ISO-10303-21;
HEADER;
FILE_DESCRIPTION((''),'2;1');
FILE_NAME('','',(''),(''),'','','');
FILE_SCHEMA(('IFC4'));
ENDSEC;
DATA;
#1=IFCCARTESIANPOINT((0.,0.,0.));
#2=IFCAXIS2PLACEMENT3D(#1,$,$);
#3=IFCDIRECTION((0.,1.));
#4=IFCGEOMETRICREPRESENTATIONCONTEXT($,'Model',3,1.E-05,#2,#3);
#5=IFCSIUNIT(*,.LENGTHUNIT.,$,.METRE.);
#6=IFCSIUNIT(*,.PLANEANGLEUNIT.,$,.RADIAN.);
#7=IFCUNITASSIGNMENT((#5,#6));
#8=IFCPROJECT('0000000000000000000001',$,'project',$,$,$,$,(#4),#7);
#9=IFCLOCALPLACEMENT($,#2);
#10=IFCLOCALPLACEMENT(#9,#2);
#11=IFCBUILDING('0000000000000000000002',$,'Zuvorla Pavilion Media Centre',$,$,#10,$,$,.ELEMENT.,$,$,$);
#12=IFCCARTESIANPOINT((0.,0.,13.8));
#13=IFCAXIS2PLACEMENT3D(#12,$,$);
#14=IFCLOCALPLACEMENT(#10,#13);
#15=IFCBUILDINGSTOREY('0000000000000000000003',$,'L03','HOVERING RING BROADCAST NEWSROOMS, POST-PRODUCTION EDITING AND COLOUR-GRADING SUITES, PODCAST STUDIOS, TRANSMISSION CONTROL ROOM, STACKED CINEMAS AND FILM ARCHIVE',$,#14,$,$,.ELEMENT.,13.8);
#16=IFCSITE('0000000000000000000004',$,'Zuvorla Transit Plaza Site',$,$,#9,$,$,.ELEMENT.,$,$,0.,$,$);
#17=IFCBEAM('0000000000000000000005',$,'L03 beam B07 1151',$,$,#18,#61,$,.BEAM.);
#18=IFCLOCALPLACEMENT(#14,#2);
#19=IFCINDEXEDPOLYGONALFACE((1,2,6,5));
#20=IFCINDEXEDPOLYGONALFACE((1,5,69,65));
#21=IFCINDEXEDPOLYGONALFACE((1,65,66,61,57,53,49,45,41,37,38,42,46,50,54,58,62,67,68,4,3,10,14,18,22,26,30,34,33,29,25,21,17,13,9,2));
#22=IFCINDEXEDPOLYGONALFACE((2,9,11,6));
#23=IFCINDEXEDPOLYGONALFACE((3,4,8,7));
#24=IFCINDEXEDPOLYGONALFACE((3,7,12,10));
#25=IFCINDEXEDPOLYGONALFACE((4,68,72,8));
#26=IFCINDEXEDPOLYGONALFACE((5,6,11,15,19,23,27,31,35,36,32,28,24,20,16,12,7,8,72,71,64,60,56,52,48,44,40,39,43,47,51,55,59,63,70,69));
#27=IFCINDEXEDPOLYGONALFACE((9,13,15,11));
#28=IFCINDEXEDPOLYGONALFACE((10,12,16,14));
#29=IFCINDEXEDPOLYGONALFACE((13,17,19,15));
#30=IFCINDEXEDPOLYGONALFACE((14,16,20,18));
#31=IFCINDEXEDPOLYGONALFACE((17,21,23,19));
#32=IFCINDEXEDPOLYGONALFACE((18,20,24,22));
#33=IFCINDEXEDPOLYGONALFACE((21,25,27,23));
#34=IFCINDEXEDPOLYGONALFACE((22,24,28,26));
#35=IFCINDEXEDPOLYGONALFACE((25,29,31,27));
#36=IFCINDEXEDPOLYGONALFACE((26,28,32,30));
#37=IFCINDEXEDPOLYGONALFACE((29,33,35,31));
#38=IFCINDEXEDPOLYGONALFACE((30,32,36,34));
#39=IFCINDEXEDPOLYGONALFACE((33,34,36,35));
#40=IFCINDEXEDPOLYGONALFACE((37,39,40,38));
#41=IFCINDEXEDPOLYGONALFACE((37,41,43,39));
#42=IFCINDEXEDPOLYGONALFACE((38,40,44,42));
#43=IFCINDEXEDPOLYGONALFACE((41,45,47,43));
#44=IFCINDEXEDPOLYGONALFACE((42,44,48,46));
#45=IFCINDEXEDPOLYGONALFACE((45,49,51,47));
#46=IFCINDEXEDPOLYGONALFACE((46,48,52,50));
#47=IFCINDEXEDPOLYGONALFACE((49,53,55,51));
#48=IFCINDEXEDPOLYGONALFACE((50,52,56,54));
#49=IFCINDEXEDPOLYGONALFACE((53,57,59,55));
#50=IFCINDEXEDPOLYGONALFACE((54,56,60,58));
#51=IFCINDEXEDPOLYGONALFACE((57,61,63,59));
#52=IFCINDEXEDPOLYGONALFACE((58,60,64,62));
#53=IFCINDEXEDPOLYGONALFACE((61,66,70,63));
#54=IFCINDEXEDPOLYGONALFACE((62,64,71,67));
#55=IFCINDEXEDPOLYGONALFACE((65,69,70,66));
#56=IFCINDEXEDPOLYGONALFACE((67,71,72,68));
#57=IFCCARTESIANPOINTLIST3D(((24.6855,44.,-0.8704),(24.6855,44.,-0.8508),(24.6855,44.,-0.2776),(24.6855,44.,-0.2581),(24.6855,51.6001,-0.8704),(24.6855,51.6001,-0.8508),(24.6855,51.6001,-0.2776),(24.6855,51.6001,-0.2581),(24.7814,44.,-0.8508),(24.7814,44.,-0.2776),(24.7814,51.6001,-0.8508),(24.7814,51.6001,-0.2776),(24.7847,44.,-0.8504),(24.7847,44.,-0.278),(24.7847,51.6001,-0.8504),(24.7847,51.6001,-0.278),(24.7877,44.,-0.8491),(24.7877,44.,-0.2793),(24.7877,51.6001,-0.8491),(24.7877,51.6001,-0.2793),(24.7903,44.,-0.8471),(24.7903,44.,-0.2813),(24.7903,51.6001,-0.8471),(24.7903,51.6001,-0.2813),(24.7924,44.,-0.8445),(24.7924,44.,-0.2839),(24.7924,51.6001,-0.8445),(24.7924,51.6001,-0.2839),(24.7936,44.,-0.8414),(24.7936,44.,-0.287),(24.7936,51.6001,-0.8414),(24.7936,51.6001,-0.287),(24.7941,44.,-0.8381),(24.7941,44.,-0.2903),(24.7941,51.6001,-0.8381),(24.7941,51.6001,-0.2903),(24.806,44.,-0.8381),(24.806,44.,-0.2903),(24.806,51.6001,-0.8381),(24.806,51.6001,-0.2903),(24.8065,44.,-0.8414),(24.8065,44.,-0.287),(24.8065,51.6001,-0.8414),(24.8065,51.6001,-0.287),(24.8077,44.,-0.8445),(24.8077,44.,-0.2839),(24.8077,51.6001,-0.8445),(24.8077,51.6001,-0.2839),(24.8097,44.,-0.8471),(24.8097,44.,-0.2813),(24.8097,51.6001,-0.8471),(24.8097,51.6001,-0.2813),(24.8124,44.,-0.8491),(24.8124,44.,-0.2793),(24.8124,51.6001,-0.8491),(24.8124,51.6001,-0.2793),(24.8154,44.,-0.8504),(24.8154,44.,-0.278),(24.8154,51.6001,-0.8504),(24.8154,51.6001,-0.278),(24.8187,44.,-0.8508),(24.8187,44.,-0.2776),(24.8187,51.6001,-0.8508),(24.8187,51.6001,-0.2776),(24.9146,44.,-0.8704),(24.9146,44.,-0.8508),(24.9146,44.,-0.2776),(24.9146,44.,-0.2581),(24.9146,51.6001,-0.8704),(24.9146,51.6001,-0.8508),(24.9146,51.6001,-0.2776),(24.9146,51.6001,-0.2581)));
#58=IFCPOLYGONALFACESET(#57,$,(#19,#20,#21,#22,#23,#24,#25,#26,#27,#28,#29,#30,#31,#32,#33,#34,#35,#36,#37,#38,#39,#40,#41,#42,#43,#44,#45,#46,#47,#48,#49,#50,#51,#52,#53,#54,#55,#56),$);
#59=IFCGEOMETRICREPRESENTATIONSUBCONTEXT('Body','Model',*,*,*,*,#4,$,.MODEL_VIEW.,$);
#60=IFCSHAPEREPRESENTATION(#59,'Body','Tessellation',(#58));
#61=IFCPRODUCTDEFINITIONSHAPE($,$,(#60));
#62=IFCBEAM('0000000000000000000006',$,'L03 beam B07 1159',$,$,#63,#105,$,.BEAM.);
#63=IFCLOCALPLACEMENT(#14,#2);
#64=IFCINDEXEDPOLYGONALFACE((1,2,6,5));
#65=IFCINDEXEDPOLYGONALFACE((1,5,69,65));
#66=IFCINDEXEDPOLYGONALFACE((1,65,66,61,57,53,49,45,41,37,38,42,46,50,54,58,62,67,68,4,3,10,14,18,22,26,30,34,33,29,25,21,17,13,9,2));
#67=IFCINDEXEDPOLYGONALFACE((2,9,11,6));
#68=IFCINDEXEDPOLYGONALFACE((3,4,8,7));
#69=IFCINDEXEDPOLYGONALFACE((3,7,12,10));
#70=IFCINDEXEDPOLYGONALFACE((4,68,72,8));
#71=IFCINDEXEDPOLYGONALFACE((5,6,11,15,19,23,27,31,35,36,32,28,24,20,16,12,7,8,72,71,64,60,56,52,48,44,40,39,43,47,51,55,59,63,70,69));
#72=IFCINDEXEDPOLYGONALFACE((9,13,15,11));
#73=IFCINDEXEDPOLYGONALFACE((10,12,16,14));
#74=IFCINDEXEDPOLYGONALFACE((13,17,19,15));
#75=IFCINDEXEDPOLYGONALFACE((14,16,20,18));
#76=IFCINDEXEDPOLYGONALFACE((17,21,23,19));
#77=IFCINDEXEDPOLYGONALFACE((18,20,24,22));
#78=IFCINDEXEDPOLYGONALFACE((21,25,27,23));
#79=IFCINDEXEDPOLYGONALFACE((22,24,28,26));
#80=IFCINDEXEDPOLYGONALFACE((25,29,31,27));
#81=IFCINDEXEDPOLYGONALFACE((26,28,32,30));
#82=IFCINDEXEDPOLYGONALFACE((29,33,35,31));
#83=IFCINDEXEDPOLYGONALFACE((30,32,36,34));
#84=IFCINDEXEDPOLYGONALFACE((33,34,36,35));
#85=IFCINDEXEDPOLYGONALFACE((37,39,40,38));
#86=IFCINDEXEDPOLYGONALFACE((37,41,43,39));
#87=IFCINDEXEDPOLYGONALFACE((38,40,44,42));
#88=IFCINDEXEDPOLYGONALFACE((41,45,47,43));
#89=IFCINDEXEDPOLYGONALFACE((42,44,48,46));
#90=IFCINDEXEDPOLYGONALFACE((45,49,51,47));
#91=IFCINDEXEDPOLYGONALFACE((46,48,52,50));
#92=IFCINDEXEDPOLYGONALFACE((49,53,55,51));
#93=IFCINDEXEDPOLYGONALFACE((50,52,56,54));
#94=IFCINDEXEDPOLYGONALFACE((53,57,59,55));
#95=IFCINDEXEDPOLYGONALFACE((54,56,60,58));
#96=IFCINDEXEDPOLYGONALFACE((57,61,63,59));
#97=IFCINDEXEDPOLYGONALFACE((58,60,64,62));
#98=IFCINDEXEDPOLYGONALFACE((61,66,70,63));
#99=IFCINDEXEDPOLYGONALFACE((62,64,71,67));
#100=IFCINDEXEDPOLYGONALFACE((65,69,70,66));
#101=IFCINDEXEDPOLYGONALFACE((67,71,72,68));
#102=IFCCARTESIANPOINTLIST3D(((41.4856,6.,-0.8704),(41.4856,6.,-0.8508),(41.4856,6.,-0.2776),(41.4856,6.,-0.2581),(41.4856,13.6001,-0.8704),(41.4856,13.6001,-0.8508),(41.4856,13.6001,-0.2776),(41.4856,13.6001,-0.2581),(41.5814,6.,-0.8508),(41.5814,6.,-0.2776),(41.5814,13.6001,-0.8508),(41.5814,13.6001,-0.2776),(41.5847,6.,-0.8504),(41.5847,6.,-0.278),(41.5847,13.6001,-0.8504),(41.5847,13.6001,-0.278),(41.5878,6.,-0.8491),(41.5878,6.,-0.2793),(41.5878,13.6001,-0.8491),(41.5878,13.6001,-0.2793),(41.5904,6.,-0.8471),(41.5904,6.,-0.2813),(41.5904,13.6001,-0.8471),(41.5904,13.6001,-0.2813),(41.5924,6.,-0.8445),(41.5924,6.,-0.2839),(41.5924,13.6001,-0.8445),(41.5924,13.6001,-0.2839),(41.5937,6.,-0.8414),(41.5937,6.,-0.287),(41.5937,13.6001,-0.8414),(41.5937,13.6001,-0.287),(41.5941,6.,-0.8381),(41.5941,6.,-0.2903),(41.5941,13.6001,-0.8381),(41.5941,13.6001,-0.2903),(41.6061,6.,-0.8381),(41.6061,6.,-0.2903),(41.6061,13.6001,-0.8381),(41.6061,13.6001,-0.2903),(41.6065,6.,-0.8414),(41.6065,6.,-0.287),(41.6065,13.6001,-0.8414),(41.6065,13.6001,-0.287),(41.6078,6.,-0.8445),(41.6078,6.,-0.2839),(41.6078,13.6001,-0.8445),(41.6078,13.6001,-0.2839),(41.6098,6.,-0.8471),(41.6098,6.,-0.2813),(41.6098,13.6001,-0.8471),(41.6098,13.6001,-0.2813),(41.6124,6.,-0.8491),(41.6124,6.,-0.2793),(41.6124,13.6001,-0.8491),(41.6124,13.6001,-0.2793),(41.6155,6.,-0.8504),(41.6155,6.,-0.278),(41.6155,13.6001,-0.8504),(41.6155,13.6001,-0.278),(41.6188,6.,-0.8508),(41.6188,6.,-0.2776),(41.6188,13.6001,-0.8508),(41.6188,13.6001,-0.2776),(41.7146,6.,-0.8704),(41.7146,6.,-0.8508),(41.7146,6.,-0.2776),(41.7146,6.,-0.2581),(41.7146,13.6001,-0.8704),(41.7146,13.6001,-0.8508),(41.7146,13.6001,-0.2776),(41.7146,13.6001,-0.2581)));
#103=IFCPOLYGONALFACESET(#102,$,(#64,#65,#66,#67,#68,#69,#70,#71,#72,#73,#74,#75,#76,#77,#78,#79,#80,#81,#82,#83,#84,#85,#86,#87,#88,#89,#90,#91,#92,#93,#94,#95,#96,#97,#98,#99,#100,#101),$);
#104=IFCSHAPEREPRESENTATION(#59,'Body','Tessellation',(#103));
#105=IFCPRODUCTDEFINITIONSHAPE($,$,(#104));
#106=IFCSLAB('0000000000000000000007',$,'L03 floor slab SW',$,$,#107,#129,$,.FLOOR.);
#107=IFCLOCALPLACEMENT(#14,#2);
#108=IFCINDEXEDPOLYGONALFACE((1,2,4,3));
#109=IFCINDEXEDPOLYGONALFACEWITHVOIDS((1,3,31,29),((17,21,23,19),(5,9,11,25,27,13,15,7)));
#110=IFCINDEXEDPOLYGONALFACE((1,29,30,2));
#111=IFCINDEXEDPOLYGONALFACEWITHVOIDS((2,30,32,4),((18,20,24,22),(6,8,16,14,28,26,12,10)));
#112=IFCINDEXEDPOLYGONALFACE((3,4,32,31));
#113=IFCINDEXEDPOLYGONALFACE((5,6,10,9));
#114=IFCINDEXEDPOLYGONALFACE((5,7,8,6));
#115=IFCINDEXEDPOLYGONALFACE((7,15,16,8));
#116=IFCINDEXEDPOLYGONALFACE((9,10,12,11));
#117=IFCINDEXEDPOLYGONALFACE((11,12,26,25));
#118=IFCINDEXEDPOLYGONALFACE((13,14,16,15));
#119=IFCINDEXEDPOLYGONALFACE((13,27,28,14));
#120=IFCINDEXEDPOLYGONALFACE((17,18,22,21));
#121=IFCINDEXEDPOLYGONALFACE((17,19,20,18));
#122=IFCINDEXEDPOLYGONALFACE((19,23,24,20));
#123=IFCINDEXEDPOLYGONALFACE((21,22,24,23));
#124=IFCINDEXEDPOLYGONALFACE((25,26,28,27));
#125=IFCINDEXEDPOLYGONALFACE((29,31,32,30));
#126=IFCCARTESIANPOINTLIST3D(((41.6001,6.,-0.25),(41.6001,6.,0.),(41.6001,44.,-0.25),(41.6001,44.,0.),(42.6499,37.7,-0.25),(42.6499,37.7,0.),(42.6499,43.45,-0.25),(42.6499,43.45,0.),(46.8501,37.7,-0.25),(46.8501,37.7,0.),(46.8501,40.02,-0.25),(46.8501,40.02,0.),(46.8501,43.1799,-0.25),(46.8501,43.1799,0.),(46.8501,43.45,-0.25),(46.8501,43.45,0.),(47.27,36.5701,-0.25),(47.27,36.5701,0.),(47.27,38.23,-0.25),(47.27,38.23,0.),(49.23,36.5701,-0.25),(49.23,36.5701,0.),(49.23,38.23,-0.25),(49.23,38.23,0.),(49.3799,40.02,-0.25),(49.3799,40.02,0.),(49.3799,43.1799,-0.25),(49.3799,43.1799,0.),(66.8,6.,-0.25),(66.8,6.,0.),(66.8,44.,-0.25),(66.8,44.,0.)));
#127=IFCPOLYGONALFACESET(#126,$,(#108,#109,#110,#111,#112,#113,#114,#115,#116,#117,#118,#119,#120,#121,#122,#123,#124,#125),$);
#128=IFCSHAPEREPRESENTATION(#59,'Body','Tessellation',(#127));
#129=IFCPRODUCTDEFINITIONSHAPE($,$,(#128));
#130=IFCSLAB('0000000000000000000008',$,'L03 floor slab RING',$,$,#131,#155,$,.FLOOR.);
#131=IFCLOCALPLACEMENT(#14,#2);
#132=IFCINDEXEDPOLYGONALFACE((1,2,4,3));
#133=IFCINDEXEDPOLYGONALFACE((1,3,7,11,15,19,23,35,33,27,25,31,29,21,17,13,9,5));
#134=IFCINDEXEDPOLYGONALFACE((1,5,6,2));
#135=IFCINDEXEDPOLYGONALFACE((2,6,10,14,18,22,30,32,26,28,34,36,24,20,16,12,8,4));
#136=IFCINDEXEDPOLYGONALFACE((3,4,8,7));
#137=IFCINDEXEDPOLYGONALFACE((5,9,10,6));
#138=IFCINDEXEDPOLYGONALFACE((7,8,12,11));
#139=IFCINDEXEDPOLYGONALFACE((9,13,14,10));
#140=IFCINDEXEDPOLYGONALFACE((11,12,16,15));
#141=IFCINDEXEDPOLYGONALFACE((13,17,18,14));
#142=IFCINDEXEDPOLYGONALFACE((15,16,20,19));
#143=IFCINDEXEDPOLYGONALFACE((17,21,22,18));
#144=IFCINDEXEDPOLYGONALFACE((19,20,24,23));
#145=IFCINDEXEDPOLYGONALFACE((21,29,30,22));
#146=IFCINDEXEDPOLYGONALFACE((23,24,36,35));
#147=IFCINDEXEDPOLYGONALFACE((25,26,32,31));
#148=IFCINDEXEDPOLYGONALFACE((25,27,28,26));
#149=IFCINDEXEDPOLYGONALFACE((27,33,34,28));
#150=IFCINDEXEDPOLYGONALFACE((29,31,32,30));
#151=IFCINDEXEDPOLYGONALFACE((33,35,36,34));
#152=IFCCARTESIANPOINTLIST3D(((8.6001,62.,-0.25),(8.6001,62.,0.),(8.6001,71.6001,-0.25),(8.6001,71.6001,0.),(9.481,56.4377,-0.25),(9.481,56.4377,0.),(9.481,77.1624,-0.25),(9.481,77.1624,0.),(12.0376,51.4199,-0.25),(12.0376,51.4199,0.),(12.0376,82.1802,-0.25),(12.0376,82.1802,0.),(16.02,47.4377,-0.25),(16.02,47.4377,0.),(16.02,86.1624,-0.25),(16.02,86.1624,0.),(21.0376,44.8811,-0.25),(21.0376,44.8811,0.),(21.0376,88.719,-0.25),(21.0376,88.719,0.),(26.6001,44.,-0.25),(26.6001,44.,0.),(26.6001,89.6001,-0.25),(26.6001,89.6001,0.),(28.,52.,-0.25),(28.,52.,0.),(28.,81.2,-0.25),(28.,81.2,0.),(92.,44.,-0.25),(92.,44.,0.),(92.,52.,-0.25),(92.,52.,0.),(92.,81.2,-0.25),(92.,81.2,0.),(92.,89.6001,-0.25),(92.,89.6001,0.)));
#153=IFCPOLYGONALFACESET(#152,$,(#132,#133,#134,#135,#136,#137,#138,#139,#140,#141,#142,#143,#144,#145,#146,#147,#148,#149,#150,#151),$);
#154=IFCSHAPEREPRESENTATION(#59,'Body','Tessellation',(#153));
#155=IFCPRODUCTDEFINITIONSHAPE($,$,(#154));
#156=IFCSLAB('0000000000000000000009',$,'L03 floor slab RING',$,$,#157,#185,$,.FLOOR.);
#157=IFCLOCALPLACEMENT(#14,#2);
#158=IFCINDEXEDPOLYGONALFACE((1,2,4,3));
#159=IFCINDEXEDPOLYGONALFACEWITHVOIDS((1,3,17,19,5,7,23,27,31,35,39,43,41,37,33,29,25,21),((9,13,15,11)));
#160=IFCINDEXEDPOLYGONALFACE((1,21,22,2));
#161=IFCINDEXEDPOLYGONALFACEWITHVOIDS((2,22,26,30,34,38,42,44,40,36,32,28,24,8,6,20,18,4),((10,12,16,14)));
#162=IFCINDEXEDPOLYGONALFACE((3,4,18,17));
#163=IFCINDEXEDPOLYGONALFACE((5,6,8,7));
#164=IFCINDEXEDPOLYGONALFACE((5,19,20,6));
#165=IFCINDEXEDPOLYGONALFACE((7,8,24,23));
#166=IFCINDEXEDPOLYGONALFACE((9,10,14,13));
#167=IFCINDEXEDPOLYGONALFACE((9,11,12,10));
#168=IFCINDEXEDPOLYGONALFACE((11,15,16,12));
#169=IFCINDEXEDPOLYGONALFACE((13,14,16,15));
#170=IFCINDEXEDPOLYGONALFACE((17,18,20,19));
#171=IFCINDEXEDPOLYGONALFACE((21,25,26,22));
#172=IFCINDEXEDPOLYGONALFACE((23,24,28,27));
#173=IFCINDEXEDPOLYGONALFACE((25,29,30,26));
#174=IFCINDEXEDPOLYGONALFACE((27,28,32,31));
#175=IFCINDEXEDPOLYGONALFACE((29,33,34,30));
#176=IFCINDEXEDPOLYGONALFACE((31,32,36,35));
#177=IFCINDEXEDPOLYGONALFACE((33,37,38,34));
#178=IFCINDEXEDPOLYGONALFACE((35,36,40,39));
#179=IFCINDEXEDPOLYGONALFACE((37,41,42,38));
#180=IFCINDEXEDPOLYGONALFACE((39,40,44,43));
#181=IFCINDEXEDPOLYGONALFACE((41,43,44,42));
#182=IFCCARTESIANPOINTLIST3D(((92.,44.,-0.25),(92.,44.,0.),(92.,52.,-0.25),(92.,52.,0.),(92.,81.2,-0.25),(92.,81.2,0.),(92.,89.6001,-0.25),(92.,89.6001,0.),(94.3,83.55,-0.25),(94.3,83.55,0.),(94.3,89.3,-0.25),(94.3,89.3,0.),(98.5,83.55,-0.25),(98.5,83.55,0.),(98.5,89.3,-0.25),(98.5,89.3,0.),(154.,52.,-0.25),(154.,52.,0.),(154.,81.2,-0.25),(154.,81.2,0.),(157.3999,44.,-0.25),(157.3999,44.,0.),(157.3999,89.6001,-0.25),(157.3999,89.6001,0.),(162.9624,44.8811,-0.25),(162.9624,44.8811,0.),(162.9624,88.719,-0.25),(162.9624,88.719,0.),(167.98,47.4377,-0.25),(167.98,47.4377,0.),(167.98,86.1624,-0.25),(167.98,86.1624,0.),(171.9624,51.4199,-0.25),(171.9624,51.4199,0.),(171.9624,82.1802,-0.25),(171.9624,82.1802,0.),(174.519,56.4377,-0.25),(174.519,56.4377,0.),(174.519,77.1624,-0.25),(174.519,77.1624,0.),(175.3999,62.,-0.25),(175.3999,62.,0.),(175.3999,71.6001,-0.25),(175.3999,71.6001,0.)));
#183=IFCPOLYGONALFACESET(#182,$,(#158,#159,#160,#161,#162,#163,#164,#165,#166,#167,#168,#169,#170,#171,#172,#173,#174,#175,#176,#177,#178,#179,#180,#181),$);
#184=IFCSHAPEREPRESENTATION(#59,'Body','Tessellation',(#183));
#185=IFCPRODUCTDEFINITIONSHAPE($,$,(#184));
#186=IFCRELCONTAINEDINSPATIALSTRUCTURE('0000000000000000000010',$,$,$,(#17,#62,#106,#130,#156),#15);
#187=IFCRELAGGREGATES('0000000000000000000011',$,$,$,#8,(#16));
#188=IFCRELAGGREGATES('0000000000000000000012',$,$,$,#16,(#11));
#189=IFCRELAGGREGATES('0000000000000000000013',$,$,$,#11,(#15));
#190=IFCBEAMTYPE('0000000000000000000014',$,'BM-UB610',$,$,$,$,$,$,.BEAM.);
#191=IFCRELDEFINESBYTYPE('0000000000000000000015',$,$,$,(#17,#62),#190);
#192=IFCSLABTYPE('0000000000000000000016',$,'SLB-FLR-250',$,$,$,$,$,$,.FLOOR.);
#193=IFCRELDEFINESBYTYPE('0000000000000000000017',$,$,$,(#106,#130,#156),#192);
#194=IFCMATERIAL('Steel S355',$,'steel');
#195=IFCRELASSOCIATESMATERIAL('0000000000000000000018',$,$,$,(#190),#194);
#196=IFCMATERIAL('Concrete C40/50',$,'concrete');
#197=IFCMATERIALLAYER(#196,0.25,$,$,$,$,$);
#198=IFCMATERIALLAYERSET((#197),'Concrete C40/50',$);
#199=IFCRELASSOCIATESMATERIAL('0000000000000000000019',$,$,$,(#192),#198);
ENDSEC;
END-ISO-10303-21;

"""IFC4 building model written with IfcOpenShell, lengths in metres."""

from ifc_helpers import new_model, si_unit, direction, frame, origin, origin_2d, place, context, subcontext, project, spatial, polyline, i_section, outline, extrude, material, layer, layer_set, material_profile, profile_set, type_object, element, save


model = new_model("IFC4")

# Units and contexts
model_context = context("Model", 3, precision=1e-05, world=origin(), true_north=direction((0.0, 1.0)))
body_context = subcontext(model_context, "Body", "Model", "MODEL_VIEW")
ifc_project = project(units=[si_unit("LENGTHUNIT", "METRE"), si_unit("PLANEANGLEUNIT", "RADIAN")], contexts=[model_context])

# Site, building, storey
site_placement = place(None, origin())
site = spatial("IfcSite", under=ifc_project, at=site_placement, Name="Zuvorla Transit Plaza Site", CompositionType="ELEMENT", RefElevation=0.0)
building_placement = place(site_placement, origin())
building = spatial("IfcBuilding", under=site, at=building_placement, Name="Zuvorla Pavilion Media Centre", CompositionType="ELEMENT")
storey_placement = place(building_placement, frame((0.0, 0.0, 13.8)))
storey = spatial("IfcBuildingStorey", under=building, at=storey_placement, Name="L03", Description="HOVERING RING BROADCAST NEWSROOMS, POST-PRODUCTION EDITING AND COLOUR-GRADING SUITES, PODCAST STUDIOS, TRANSMISSION CONTROL ROOM, STACKED CINEMAS AND FILM ARCHIVE", CompositionType="ELEMENT", Elevation=13.8)

# Shared definitions
ifc_material_1 = material(Name="Concrete C40/50", Category="concrete")
ifc_material_2 = material(Name="Steel S355", Category="steel")

# Beams
ifc_material_profile_1 = material_profile(ifc_material_2, i_section(OverallWidth=0.229, OverallDepth=0.6123, WebThickness=0.012, FlangeThickness=0.0195, FilletRadius=0.0127, at=origin_2d()), Name="UB 610x229x125")
ifc_profile_set_1 = profile_set([ifc_material_profile_1], Name="Steel S355")
beam_type_1 = type_object("IfcBeamType", Name="BM-UB610", PredefinedType="BEAM", material=ifc_profile_set_1)
for number, where, z_axis, x_axis, name in (
    (1, (24.8, 44.0, -0.5642), (0.0, 1.0, 0.0), (-1.0, 0.0, 0.0), "L03 beam B07 1151"),
    (2, (41.6001, 6.0, -0.5642), (0.0, 1.0, 0.0), (-1.0, 0.0, 0.0), "L03 beam B07 1159"),
):
    element("IfcBeam", number, at=place(storey_placement, frame(where, z_axis=z_axis, x_axis=x_axis)), inside=storey, type_object=beam_type_1, Name=name, PredefinedType="BEAM", context=body_context, shape_type="SweptSolid", body=[
        extrude(i_section(OverallWidth=0.229, OverallDepth=0.6123, WebThickness=0.012, FlangeThickness=0.0195, FilletRadius=0.0127, at=origin_2d()), origin(), (0.0, 0.0, 1.0), 7.6001),
    ])

# Slabs
ifc_layer_1 = layer(ifc_material_1, 0.25)
ifc_layer_set_1 = layer_set([ifc_layer_1], Name="Concrete C40/50")
slab_type_1 = type_object("IfcSlabType", Name="SLB-FLR-250", PredefinedType="FLOOR", material=ifc_layer_set_1)
slab_1_placement = place(storey_placement, frame((0.0, 0.0, -0.25)))
element("IfcSlab", 3, at=slab_1_placement, inside=storey, type_object=slab_type_1, Name="L03 floor slab SW", PredefinedType="FLOOR", context=body_context, shape_type="SweptSolid", body=[
    extrude(outline(polyline([(41.6001, 6.0), (41.6001, 44.0), (66.8, 44.0), (66.8, 6.0), (41.6001, 6.0)]), holes=[polyline([(49.23, 36.5701), (49.23, 38.23), (47.27, 38.23), (47.27, 36.5701), (49.23, 36.5701)]), polyline([(46.8501, 37.7), (46.8501, 40.02), (49.3799, 40.02), (49.3799, 43.1799), (46.8501, 43.1799), (46.8501, 43.45), (42.6499, 43.45), (42.6499, 37.7), (46.8501, 37.7)])]), origin(), (0.0, 0.0, 1.0), 0.25),
])
slab_2_placement = place(storey_placement, frame((0.0, 0.0, -0.25)))
element("IfcSlab", 4, at=slab_2_placement, inside=storey, type_object=slab_type_1, Name="L03 floor slab RING", PredefinedType="FLOOR", context=body_context, shape_type="SweptSolid", body=[
    extrude(outline(polyline([(21.0376, 44.8811), (16.02, 47.4377), (12.0376, 51.4199), (9.481, 56.4377), (8.6001, 62.0), (8.6001, 71.6001), (9.481, 77.1624), (12.0376, 82.1802), (16.02, 86.1624), (21.0376, 88.719), (26.6001, 89.6001), (92.0, 89.6001), (92.0, 81.2), (28.0, 81.2), (28.0, 52.0), (92.0, 52.0), (92.0, 44.0), (26.6001, 44.0), (21.0376, 44.8811)])), origin(), (0.0, 0.0, 1.0), 0.25),
])
slab_3_placement = place(storey_placement, frame((0.0, 0.0, -0.25)))
element("IfcSlab", 5, at=slab_3_placement, inside=storey, type_object=slab_type_1, Name="L03 floor slab RING", PredefinedType="FLOOR", context=body_context, shape_type="SweptSolid", body=[
    extrude(outline(polyline([(162.9624, 88.719), (167.98, 86.1624), (171.9624, 82.1802), (174.519, 77.1624), (175.3999, 71.6001), (175.3999, 62.0), (174.519, 56.4377), (171.9624, 51.4199), (167.98, 47.4377), (162.9624, 44.8811), (157.3999, 44.0), (92.0, 44.0), (92.0, 52.0), (154.0, 52.0), (154.0, 81.2), (92.0, 81.2), (92.0, 89.6001), (157.3999, 89.6001), (162.9624, 88.719)]), holes=[polyline([(98.5, 89.3), (94.3, 89.3), (94.3, 83.55), (98.5, 83.55), (98.5, 89.3)])]), origin(), (0.0, 0.0, 1.0), 0.25),
])

save(model, "model.ifc")
